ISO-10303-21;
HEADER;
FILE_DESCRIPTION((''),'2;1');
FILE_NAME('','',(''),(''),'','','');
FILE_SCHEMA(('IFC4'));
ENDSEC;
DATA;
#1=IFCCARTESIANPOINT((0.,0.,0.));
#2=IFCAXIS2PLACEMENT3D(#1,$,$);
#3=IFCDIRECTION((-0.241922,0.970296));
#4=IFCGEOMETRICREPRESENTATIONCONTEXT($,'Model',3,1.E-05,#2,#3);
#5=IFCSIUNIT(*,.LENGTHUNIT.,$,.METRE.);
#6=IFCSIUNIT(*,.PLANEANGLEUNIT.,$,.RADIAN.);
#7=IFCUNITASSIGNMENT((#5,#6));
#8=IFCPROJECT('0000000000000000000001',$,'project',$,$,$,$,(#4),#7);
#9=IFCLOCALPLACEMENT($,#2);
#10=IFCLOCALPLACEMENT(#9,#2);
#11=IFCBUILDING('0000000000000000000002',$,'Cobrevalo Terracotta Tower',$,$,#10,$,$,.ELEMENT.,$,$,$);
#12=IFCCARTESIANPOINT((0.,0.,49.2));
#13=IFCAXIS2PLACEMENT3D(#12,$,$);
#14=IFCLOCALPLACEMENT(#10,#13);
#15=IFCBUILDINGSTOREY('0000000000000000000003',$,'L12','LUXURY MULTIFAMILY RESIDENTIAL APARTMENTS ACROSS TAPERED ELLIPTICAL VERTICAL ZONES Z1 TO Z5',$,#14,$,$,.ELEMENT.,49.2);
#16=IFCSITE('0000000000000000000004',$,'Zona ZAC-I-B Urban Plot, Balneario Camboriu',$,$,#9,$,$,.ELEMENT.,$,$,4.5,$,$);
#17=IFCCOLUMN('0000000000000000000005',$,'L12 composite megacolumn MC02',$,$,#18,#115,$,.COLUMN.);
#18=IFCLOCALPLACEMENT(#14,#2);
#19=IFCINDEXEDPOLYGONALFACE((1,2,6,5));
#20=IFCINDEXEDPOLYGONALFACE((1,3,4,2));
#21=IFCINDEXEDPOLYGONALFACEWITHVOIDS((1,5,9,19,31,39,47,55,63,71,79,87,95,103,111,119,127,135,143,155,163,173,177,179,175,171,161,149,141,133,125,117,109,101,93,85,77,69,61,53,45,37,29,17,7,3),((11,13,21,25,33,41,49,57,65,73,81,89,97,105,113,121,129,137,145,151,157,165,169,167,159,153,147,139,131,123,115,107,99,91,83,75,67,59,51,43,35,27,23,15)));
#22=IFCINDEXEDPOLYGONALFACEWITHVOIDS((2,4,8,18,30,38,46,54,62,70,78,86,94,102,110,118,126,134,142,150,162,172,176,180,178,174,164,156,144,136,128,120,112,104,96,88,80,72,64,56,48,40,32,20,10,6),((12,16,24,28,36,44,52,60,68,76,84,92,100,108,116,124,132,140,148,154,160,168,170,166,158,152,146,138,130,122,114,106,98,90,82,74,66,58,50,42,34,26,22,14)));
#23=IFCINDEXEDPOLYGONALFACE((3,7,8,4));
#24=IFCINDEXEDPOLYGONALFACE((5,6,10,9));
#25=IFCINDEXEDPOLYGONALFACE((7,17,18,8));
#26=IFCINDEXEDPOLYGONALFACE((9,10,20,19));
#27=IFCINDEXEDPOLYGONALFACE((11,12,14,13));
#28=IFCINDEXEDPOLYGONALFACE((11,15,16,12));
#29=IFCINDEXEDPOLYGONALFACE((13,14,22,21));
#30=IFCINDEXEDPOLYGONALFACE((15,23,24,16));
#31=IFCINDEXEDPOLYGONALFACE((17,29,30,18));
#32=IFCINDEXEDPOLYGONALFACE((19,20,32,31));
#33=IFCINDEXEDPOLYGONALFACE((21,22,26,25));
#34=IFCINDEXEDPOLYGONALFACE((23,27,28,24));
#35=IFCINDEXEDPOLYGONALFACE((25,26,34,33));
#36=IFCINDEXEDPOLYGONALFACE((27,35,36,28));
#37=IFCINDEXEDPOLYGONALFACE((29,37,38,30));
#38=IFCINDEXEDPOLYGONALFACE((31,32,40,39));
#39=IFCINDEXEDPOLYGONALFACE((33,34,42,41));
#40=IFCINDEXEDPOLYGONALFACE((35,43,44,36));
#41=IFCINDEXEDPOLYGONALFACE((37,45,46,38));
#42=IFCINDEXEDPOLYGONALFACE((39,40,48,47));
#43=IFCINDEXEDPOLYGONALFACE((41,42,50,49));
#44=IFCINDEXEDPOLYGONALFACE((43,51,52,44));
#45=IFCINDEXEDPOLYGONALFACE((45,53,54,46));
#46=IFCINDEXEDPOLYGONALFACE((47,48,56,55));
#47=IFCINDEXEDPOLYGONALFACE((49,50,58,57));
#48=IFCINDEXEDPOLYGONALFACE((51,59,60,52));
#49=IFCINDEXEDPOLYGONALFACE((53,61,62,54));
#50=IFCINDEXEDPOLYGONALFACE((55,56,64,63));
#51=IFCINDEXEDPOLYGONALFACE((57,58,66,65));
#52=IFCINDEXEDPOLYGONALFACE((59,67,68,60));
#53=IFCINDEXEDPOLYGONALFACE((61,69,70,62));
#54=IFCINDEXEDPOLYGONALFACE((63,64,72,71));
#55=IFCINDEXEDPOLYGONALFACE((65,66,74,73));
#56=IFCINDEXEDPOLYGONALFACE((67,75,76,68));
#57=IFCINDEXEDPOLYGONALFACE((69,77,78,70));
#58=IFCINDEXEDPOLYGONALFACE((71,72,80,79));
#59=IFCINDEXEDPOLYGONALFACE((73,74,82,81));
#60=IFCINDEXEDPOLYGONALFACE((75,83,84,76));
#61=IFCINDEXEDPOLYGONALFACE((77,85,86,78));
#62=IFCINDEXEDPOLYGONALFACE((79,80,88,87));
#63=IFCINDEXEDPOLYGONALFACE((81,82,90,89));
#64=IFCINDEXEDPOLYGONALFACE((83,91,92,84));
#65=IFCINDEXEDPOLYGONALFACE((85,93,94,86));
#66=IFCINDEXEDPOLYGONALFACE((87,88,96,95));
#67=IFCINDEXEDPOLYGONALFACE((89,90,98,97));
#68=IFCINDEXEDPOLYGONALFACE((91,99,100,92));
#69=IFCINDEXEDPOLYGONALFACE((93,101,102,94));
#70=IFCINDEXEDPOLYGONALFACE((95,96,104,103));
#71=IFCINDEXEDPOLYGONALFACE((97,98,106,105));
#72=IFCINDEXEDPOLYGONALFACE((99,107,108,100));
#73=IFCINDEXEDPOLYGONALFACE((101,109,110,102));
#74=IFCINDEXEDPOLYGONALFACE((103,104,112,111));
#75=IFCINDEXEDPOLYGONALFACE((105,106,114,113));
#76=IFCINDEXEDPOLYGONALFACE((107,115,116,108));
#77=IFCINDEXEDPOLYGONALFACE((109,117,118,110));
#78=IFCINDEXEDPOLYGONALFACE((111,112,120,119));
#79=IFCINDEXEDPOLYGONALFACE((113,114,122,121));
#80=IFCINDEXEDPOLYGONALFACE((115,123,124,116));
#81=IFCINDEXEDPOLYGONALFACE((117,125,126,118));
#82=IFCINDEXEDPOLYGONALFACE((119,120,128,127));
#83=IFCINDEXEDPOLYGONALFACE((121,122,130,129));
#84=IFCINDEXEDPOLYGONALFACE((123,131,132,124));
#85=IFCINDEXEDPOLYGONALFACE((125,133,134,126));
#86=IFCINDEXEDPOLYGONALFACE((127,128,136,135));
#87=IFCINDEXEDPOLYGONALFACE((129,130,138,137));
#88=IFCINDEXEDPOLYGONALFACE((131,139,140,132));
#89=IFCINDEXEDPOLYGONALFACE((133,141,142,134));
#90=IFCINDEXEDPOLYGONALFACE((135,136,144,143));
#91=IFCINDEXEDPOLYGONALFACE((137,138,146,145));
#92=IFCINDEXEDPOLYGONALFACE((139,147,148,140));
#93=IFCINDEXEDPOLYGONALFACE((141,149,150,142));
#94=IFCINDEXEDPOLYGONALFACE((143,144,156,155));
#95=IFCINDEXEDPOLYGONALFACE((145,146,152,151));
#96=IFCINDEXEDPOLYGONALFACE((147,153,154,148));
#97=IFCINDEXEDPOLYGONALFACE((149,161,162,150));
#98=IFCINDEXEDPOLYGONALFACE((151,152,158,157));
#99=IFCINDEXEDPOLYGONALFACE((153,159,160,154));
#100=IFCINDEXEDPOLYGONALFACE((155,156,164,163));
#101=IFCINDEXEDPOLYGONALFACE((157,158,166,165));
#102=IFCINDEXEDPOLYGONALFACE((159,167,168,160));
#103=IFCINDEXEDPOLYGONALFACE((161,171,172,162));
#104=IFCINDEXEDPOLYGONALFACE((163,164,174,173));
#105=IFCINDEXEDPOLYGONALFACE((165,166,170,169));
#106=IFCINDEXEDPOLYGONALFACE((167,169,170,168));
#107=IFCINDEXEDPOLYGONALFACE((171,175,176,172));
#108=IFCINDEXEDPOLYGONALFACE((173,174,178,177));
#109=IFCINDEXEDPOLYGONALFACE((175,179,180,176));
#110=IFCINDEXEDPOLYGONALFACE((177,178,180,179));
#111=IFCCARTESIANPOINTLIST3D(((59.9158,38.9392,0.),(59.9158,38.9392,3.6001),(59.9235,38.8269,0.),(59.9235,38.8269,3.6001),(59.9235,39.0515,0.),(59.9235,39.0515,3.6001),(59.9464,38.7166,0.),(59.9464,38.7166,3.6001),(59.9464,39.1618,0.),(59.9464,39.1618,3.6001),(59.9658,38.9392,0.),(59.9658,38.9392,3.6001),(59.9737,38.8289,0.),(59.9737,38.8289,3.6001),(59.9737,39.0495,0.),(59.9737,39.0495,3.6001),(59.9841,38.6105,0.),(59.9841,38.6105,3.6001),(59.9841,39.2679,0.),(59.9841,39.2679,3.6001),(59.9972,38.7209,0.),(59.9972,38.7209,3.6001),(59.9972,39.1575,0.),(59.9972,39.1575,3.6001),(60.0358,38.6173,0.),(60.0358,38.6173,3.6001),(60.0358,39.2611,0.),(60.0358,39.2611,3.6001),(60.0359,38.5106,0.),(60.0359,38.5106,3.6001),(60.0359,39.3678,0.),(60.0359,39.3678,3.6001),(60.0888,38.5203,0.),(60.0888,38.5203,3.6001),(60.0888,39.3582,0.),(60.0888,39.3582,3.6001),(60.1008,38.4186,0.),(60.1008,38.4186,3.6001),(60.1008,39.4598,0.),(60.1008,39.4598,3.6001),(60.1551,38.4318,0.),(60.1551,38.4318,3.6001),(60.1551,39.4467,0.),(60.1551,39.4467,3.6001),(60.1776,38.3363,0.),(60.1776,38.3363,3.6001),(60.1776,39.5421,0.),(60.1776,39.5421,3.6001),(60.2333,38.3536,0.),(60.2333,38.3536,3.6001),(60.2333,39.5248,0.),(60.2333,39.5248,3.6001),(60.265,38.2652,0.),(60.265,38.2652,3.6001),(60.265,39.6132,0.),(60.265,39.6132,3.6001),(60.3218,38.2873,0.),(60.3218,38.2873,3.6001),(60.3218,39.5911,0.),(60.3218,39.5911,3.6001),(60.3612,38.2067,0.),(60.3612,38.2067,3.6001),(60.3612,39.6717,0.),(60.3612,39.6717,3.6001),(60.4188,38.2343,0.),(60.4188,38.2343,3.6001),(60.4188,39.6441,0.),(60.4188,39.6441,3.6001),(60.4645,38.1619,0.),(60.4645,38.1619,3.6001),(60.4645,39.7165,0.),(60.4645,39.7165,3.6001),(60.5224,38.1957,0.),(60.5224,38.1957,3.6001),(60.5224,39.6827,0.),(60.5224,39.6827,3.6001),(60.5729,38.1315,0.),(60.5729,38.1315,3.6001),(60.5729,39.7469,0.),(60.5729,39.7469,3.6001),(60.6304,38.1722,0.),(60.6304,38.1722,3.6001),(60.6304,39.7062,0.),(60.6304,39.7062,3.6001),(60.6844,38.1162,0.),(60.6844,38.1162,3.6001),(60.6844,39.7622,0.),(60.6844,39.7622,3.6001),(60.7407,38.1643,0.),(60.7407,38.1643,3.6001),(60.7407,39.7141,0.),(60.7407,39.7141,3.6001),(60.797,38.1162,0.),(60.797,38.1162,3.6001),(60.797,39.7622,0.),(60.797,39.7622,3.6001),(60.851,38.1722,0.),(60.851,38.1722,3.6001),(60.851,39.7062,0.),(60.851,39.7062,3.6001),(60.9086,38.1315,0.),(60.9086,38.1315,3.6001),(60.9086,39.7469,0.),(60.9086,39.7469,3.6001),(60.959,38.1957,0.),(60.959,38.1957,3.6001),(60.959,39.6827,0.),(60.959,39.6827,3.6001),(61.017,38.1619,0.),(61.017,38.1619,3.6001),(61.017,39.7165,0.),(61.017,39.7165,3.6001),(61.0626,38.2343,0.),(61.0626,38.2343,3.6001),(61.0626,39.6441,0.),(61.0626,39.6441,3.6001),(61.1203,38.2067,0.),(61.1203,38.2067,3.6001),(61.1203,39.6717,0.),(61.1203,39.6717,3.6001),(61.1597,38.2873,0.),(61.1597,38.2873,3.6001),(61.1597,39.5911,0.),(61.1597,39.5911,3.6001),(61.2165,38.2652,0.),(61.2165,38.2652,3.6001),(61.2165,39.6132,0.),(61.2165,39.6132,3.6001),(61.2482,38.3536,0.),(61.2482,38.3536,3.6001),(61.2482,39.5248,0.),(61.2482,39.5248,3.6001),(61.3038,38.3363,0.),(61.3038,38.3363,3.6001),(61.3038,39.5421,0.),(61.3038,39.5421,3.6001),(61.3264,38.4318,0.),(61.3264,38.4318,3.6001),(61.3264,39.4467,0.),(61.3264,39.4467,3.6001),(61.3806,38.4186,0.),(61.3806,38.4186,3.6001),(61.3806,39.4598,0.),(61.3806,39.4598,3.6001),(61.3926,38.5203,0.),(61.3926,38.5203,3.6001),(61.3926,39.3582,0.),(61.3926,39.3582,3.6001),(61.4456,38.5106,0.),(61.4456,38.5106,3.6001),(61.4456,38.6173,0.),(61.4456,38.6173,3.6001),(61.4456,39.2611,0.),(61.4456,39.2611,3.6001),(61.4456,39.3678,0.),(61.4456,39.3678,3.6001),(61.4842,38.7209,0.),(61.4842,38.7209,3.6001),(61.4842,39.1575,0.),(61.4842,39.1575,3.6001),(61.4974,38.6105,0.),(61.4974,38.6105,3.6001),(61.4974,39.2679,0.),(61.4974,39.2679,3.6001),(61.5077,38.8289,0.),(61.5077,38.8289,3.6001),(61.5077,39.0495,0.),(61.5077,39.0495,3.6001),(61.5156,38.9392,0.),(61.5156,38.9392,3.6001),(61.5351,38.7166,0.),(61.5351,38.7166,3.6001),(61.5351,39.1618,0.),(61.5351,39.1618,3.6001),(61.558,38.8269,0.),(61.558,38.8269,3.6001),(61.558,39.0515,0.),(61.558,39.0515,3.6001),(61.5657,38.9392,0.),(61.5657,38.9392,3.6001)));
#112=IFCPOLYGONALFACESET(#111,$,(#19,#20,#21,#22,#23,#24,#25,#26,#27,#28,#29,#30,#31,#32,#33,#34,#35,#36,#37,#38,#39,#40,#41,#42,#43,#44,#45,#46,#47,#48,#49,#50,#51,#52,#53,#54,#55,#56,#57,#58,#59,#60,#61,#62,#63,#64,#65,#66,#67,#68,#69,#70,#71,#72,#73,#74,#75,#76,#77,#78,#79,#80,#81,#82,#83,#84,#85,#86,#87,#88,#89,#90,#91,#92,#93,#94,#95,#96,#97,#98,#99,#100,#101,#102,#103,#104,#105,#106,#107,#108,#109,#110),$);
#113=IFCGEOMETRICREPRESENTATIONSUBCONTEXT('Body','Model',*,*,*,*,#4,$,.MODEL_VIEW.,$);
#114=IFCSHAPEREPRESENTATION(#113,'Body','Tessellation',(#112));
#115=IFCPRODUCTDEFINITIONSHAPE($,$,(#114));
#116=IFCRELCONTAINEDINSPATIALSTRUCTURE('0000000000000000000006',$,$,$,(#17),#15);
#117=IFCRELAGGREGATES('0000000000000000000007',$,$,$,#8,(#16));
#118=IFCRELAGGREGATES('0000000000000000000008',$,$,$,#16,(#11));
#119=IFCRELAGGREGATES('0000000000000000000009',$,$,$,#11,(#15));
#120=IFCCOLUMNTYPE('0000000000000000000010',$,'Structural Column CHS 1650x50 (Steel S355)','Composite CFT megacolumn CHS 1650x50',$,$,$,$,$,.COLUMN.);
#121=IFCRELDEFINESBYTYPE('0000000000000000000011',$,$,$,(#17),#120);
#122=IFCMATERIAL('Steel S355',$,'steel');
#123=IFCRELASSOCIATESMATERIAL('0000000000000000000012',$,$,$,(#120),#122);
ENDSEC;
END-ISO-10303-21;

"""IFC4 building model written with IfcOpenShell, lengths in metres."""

from ifc_helpers import new_model, si_unit, direction, frame, origin, origin_2d, place, context, subcontext, project, spatial, hollow_circle, extrude, material, material_profile, profile_set, type_object, element, save


model = new_model("IFC4")

# Units and contexts
model_context = context("Model", 3, precision=1e-05, world=origin(), true_north=direction((-0.241922, 0.970296)))
body_context = subcontext(model_context, "Body", "Model", "MODEL_VIEW")
ifc_project = project(units=[si_unit("LENGTHUNIT", "METRE"), si_unit("PLANEANGLEUNIT", "RADIAN")], contexts=[model_context])

# Site, building, storey
site_placement = place(None, origin())
site = spatial("IfcSite", under=ifc_project, at=site_placement, Name="Zona ZAC-I-B Urban Plot, Balneario Camboriu", CompositionType="ELEMENT", RefElevation=4.5)
building_placement = place(site_placement, origin())
building = spatial("IfcBuilding", under=site, at=building_placement, Name="Cobrevalo Terracotta Tower", CompositionType="ELEMENT")
storey_placement = place(building_placement, frame((0.0, 0.0, 49.2)))
storey = spatial("IfcBuildingStorey", under=building, at=storey_placement, Name="L12", Description="LUXURY MULTIFAMILY RESIDENTIAL APARTMENTS ACROSS TAPERED ELLIPTICAL VERTICAL ZONES Z1 TO Z5", CompositionType="ELEMENT", Elevation=49.2)

# Column
ifc_material_1 = material(Name="Steel S355", Category="steel")
ifc_material_profile_1 = material_profile(ifc_material_1, hollow_circle(Radius=0.825, WallThickness=0.05, at=origin_2d()), Name="CHS 1650x50")
ifc_profile_set_1 = profile_set([ifc_material_profile_1], Name="Steel S355")
column_type = type_object("IfcColumnType", Name="Structural Column CHS 1650x50 (Steel S355)", Description="Composite CFT megacolumn CHS 1650x50", PredefinedType="COLUMN", material=ifc_profile_set_1)
for number, where, z_axis, x_axis, name in (
    (1, (60.7407, 38.9392, 0.0), (0.0, 0.0, 1.0), (1.0, 0.0, 0.0), "L12 composite megacolumn MC02"),
):
    element("IfcColumn", number, at=place(storey_placement, frame(where, z_axis=z_axis, x_axis=x_axis)), inside=storey, type_object=column_type, Name=name, PredefinedType="COLUMN", context=body_context, shape_type="SweptSolid", body=[
        extrude(hollow_circle(Radius=0.825, WallThickness=0.05, at=origin_2d()), origin(), (0.0, 0.0, 1.0), 3.6001),
    ])

save(model, "model.ifc")
